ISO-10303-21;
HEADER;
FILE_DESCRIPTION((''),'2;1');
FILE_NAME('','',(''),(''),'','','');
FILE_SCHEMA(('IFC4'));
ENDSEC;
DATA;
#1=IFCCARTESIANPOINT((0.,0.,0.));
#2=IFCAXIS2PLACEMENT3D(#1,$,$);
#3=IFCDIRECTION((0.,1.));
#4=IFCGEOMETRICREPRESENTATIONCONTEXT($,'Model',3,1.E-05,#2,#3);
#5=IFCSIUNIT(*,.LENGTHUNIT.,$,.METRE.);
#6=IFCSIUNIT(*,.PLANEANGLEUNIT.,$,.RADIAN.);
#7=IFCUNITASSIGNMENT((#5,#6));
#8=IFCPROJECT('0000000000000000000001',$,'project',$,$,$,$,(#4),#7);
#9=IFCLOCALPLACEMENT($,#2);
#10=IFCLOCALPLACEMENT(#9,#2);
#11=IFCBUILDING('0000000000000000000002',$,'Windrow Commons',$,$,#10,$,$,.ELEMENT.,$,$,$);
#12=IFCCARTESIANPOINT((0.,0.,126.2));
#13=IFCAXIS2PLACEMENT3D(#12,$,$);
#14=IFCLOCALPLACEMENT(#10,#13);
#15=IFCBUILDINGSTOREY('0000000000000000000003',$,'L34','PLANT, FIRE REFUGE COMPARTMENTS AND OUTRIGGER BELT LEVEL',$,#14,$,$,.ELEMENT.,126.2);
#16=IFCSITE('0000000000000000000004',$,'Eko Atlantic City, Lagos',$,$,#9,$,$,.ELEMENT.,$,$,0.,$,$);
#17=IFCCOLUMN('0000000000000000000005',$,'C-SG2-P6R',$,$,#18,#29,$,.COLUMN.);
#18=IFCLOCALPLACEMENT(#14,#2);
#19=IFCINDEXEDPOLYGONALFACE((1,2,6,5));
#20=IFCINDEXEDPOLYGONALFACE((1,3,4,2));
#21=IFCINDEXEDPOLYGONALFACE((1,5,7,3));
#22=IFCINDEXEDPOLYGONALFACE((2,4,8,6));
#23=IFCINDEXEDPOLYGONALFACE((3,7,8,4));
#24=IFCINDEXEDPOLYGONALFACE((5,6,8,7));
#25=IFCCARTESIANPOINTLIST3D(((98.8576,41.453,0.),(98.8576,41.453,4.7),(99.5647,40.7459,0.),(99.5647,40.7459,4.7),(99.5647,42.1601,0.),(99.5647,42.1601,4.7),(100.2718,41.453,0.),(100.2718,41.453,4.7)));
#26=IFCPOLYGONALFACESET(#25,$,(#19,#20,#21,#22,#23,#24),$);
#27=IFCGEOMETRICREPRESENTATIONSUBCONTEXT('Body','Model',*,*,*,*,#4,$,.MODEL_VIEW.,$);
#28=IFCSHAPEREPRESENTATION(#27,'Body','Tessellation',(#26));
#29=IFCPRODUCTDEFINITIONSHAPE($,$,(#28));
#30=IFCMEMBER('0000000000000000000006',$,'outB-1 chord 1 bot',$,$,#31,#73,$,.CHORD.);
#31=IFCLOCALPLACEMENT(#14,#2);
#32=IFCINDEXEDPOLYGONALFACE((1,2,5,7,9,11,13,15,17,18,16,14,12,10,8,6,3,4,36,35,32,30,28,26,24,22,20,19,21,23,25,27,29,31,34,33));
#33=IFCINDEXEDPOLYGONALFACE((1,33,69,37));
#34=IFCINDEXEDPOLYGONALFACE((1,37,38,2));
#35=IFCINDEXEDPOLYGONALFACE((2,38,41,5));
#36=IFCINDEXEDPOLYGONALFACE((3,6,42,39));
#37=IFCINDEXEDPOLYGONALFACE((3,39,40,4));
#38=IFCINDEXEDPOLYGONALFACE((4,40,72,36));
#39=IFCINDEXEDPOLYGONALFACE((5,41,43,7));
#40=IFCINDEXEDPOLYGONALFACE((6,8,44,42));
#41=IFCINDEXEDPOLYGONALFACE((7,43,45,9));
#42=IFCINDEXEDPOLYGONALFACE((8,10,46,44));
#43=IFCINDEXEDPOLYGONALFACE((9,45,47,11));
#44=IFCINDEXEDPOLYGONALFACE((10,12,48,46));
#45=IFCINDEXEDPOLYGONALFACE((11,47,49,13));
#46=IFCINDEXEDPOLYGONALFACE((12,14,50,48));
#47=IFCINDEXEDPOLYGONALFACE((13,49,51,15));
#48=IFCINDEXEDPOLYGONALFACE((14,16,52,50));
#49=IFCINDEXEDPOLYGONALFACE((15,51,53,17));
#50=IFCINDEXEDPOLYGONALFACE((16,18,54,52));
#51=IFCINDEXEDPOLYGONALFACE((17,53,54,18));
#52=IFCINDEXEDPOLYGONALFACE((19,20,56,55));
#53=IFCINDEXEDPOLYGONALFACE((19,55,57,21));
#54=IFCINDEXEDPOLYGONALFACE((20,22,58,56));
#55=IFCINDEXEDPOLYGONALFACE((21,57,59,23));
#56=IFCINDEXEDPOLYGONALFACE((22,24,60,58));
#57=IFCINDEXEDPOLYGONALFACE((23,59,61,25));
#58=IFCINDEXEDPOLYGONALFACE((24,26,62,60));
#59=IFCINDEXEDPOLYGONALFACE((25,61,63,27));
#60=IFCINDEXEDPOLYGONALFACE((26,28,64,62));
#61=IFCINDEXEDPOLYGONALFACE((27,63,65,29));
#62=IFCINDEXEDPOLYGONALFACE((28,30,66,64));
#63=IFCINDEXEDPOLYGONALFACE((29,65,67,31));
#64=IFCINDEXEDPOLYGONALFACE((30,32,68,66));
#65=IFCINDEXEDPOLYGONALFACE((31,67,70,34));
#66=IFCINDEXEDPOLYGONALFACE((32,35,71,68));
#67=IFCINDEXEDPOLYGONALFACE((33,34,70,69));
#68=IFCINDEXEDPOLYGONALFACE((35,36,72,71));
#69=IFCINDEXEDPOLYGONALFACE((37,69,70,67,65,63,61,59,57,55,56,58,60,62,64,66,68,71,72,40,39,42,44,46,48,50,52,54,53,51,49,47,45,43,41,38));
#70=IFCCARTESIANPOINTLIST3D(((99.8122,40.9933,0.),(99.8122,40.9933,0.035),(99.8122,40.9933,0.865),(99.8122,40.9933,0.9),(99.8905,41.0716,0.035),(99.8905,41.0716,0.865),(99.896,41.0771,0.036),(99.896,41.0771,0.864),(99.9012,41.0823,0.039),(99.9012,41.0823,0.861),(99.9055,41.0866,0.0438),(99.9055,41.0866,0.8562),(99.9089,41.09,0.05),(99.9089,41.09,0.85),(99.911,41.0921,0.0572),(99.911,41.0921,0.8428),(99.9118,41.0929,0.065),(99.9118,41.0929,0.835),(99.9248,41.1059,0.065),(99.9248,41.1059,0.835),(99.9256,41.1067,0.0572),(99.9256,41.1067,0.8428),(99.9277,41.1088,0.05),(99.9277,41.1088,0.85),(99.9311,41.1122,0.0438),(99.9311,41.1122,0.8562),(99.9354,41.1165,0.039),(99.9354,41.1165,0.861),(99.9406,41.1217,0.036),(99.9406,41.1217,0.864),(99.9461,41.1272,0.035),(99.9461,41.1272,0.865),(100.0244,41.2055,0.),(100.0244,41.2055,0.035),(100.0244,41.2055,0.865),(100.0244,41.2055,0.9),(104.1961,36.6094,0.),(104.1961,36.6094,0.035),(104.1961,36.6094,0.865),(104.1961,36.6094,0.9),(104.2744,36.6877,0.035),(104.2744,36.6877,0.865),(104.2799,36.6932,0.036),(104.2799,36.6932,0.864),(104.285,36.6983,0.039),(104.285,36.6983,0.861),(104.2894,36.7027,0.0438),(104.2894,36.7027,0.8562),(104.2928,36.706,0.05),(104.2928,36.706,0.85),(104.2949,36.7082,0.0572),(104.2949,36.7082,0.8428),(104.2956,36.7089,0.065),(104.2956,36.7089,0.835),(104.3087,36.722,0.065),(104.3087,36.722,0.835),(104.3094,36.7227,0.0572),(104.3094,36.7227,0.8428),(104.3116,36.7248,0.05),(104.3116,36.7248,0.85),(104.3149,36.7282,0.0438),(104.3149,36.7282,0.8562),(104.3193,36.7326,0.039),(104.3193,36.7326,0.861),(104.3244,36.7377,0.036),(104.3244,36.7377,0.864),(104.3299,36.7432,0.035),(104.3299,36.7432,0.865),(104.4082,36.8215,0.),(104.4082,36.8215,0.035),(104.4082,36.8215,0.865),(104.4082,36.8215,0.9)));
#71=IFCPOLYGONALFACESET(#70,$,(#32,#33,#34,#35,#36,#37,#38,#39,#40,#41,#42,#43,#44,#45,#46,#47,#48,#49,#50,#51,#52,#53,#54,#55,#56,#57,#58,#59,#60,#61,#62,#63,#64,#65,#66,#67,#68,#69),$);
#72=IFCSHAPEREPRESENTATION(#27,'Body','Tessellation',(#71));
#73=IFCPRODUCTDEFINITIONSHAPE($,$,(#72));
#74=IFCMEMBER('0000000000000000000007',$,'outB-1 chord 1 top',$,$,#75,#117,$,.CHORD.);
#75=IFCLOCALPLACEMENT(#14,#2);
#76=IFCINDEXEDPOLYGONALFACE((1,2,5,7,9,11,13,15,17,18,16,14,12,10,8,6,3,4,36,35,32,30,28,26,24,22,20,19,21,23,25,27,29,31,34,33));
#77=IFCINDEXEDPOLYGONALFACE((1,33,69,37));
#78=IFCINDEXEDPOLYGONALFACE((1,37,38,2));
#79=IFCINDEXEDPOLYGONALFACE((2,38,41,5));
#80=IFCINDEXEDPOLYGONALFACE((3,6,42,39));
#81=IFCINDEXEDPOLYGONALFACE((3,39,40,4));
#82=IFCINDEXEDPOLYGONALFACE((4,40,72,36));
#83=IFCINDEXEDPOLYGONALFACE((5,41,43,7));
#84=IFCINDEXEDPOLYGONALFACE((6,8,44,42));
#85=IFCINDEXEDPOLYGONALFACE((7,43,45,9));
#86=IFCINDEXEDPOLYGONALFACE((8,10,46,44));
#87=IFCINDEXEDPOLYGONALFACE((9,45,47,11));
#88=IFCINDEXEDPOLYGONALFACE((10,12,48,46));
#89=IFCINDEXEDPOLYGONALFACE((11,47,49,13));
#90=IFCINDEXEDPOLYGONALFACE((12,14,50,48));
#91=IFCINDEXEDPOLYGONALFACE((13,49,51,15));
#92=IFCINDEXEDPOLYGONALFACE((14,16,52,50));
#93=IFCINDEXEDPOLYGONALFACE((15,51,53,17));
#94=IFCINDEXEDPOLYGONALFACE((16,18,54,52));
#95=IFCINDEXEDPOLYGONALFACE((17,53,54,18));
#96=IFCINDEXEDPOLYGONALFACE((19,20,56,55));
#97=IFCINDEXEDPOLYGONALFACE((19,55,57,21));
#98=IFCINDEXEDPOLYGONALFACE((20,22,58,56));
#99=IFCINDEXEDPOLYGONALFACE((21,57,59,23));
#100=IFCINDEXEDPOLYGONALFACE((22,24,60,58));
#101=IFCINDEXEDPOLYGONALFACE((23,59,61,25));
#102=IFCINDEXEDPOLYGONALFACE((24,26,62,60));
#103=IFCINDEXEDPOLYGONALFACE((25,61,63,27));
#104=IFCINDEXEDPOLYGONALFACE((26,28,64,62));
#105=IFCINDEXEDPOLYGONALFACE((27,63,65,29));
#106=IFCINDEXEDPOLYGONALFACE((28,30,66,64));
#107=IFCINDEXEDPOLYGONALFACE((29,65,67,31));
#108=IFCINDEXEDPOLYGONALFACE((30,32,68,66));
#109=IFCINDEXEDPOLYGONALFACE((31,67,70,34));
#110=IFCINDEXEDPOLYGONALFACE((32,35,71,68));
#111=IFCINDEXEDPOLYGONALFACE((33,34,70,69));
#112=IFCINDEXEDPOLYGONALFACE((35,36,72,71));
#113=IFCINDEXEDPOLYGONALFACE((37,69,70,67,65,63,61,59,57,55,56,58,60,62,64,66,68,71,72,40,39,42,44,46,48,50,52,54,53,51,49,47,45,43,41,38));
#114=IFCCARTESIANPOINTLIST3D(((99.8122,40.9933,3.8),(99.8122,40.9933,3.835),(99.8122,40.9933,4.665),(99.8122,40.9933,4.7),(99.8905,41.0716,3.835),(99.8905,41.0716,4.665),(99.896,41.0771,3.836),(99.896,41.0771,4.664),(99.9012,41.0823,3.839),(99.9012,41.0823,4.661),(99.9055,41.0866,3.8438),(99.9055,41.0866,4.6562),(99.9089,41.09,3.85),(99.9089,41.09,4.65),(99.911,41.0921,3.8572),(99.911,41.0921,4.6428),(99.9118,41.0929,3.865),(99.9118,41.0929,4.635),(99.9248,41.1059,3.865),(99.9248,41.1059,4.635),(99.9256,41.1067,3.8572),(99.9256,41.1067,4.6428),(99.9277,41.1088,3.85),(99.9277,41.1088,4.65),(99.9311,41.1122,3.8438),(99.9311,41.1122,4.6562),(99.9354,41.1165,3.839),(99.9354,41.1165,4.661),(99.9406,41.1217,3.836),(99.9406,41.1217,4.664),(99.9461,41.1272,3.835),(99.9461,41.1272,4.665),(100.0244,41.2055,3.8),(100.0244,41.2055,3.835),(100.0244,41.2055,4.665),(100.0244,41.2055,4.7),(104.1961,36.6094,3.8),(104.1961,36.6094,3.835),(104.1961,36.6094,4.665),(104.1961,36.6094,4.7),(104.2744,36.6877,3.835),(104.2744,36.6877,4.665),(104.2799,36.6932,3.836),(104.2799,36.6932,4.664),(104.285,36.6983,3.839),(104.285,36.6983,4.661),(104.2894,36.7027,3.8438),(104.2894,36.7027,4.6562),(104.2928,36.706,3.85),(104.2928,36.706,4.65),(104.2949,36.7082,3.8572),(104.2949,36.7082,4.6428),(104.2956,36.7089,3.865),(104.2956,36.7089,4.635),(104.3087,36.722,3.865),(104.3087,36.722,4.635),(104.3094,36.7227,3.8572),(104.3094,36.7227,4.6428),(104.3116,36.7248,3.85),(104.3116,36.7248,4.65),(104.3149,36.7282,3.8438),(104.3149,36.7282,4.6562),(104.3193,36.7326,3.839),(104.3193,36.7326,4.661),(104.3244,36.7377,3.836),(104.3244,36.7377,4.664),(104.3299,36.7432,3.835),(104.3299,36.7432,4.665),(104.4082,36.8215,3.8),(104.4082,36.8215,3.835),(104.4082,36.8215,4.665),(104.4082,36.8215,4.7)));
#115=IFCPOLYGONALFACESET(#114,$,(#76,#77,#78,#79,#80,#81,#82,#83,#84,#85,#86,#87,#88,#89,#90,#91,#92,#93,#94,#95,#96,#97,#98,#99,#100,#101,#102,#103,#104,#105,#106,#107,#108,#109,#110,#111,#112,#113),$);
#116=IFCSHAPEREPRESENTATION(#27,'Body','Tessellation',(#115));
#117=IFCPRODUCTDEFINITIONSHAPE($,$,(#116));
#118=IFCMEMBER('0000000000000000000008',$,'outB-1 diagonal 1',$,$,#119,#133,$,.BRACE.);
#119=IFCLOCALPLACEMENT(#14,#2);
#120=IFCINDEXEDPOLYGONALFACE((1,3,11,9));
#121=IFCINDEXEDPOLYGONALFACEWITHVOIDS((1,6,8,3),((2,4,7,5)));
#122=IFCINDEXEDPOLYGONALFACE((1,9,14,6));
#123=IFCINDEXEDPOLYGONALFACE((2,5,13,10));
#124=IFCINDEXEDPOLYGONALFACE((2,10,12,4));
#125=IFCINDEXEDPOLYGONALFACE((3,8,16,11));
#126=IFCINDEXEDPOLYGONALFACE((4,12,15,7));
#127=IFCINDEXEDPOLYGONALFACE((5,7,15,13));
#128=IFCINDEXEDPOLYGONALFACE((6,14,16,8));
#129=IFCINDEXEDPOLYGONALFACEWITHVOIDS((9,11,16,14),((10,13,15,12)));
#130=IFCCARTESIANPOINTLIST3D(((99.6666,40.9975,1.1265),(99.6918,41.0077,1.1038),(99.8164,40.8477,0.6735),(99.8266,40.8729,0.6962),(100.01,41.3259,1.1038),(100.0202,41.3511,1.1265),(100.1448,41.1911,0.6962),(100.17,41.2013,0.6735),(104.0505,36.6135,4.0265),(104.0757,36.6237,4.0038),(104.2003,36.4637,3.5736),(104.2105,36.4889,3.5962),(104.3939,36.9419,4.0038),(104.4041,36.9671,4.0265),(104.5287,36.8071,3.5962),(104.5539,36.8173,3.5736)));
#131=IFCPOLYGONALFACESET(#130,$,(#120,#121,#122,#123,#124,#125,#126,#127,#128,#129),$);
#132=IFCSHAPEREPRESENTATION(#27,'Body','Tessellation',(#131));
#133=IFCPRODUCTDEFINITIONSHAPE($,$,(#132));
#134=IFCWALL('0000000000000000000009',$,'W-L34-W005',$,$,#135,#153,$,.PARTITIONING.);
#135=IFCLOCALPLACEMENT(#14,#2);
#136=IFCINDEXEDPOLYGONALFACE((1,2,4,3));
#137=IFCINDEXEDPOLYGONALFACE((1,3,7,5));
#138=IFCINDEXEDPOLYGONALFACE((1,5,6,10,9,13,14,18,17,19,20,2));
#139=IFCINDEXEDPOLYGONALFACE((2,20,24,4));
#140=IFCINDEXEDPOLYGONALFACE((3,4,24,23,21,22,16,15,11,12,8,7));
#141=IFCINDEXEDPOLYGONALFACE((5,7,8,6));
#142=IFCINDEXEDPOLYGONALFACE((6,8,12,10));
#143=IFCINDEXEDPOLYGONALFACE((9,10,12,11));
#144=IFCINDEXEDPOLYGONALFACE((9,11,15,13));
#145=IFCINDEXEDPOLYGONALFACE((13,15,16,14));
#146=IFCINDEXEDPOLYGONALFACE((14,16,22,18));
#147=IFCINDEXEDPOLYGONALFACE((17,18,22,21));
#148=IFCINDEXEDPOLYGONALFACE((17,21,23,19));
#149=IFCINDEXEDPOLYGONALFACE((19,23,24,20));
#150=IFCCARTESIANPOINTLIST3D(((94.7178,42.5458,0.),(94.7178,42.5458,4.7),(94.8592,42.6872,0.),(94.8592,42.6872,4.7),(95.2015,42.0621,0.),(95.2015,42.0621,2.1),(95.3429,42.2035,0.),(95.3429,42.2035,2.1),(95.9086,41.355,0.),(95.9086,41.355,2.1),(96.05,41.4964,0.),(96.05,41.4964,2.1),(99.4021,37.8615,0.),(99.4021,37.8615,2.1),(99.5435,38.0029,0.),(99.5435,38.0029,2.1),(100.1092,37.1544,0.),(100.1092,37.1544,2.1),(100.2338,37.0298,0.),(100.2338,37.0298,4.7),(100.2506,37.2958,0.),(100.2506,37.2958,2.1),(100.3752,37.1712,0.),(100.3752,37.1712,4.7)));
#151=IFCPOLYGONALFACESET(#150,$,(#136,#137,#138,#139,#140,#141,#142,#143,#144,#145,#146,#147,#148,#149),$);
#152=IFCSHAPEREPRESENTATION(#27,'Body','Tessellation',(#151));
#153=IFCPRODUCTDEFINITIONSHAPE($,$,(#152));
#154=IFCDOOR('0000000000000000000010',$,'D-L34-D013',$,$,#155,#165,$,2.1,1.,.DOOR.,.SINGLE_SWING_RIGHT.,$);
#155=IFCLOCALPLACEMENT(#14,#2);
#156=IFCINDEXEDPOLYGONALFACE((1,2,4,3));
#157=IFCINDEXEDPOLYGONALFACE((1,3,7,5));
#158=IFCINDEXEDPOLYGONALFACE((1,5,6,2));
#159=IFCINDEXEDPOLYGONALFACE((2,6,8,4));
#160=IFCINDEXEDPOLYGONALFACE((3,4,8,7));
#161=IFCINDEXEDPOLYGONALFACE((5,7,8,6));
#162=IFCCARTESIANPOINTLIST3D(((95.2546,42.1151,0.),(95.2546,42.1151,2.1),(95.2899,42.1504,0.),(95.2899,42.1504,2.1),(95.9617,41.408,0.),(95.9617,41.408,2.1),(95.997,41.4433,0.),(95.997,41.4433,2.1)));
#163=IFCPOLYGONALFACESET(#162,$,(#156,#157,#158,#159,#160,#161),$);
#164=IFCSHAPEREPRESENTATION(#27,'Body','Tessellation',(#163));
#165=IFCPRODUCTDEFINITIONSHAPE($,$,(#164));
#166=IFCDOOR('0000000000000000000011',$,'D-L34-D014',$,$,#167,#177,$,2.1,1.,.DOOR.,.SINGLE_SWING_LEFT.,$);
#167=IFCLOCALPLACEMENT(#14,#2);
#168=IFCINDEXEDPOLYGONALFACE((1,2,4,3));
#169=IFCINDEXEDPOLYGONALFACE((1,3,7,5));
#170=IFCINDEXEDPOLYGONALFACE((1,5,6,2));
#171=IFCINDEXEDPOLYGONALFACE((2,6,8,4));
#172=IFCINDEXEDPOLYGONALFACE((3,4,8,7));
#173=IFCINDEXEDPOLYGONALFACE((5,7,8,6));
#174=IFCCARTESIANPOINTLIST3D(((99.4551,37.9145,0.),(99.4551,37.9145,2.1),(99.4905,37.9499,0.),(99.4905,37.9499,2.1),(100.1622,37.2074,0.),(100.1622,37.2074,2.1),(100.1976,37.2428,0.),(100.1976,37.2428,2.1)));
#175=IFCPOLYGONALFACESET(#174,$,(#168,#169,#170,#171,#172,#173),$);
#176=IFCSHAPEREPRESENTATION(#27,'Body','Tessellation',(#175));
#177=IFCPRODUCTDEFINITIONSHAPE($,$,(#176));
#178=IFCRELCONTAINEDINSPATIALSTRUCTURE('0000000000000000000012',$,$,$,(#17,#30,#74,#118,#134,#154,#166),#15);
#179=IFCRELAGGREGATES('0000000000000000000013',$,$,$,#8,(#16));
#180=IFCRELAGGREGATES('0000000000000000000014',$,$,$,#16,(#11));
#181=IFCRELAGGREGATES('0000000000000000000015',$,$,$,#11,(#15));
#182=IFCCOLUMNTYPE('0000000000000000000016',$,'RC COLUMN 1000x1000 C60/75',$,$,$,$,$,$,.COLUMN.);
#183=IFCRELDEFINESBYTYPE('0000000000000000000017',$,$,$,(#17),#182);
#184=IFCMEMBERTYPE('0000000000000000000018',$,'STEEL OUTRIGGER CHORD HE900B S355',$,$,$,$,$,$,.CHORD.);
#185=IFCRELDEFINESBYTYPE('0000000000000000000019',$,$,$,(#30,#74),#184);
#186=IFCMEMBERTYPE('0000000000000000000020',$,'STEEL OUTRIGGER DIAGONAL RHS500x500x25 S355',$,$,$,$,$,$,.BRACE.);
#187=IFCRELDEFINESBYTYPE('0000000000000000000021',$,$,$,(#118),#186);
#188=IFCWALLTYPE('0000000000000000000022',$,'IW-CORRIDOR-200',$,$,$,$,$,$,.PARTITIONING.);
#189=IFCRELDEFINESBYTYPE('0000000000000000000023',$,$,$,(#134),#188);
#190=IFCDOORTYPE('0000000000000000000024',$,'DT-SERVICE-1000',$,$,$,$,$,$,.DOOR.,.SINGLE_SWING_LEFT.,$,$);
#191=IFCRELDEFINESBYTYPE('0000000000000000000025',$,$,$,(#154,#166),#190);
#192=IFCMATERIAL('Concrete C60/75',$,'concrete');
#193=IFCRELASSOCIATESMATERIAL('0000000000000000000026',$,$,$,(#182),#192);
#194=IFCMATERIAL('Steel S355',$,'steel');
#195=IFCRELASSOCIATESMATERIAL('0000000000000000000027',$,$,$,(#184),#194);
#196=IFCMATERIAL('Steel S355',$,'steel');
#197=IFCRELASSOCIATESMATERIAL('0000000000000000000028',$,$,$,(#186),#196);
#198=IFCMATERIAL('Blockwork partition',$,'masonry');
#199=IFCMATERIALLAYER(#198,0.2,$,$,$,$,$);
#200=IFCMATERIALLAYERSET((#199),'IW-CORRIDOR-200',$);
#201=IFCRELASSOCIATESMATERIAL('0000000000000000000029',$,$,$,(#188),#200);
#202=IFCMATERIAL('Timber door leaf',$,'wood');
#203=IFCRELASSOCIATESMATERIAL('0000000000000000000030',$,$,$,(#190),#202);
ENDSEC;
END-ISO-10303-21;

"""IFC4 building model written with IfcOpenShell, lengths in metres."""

from ifc_helpers import new_model, si_unit, direction, frame, frame_2d, origin, origin_2d, place, context, subcontext, project, spatial, rectangle, hollow_rectangle, i_section, extrude, material, layer, layer_set, material_profile, profile_set, type_object, element, fill, save


model = new_model("IFC4")

# Units and contexts
model_context = context("Model", 3, precision=1e-05, world=origin(), true_north=direction((0.0, 1.0)))
body_context = subcontext(model_context, "Body", "Model", "MODEL_VIEW")
ifc_project = project(units=[si_unit("LENGTHUNIT", "METRE"), si_unit("PLANEANGLEUNIT", "RADIAN")], contexts=[model_context])

# Site, building, storey
site_placement = place(None, origin())
site = spatial("IfcSite", under=ifc_project, at=site_placement, Name="Eko Atlantic City, Lagos", CompositionType="ELEMENT", RefElevation=0.0)
building_placement = place(site_placement, origin())
building = spatial("IfcBuilding", under=site, at=building_placement, Name="Windrow Commons", CompositionType="ELEMENT")
storey_placement = place(building_placement, frame((0.0, 0.0, 126.2)))
storey = spatial("IfcBuildingStorey", under=building, at=storey_placement, Name="L34", Description="PLANT, FIRE REFUGE COMPARTMENTS AND OUTRIGGER BELT LEVEL", CompositionType="ELEMENT", Elevation=126.2)

# Column
ifc_material_1 = material(Name="Concrete C60/75", Category="concrete")
ifc_material_profile_1 = material_profile(ifc_material_1, rectangle(XDim=1.0, YDim=1.0, at=origin_2d()))
ifc_profile_set_1 = profile_set([ifc_material_profile_1], Name="Concrete C60/75")
column_type = type_object("IfcColumnType", Name="RC COLUMN 1000x1000 C60/75", PredefinedType="COLUMN", material=ifc_profile_set_1)
column_placement = place(storey_placement, frame((99.5647, 41.453, 0.0), z_axis=(0.0, 0.0, 1.0), x_axis=(0.707107, -0.707107, 0.0)))
element("IfcColumn", 1, at=column_placement, inside=storey, type_object=column_type, Name="C-SG2-P6R", PredefinedType="COLUMN", context=body_context, shape_type="SweptSolid", body=[
    extrude(rectangle(XDim=1.0, YDim=1.0, at=origin_2d()), origin(), (0.0, 0.0, 1.0), 4.7),
])

# Members
ifc_material_2 = material(Name="Steel S355", Category="steel")
ifc_material_profile_2 = material_profile(ifc_material_2, i_section(OverallWidth=0.3, OverallDepth=0.9, WebThickness=0.0185, FlangeThickness=0.035, FilletRadius=0.03, at=origin_2d()))
ifc_profile_set_2 = profile_set([ifc_material_profile_2], Name="Steel S355")
member_type_1 = type_object("IfcMemberType", Name="STEEL OUTRIGGER CHORD HE900B S355", PredefinedType="CHORD", material=ifc_profile_set_2)
for number, where, z_axis, x_axis, name in (
    (2, (99.9183, 41.0994, 0.45), (0.707099, -0.707115, 0.0), (0.707115, 0.707099, 0.0), "outB-1 chord 1 bot"),
    (3, (99.9183, 41.0994, 4.25), (0.707099, -0.707115, 0.0), (0.707115, 0.707099, 0.0), "outB-1 chord 1 top"),
):
    element("IfcMember", number, at=place(storey_placement, frame(where, z_axis=z_axis, x_axis=x_axis)), inside=storey, type_object=member_type_1, Name=name, PredefinedType="CHORD", context=body_context, shape_type="SweptSolid", body=[
        extrude(i_section(OverallWidth=0.3, OverallDepth=0.9, WebThickness=0.0185, FlangeThickness=0.035, FilletRadius=0.03, at=origin_2d()), origin(), (0.0, 0.0, 1.0), 6.1998),
    ])
ifc_material_3 = material(Name="Steel S355", Category="steel")
ifc_material_profile_3 = material_profile(ifc_material_3, hollow_rectangle(XDim=0.5, YDim=0.5, WallThickness=0.025, at=origin_2d()))
ifc_profile_set_3 = profile_set([ifc_material_profile_3], Name="Steel S355")
member_type_2 = type_object("IfcMemberType", Name="STEEL OUTRIGGER DIAGONAL RHS500x500x25 S355", PredefinedType="BRACE", material=ifc_profile_set_3)
member_placement = place(storey_placement, frame((99.9183, 41.0994, 0.9), z_axis=(0.640494, -0.640508, 0.423694), x_axis=(0.707115, 0.707099, 0.0)))
element("IfcMember", 4, at=member_placement, inside=storey, type_object=member_type_2, Name="outB-1 diagonal 1", PredefinedType="BRACE", context=body_context, shape_type="SweptSolid", body=[
    extrude(hollow_rectangle(XDim=0.5, YDim=0.5, WallThickness=0.025, at=origin_2d()), origin(), (0.0, 0.0, 1.0), 6.8446),
])

# Wall, openings, doors
ifc_material_4 = material(Name="Blockwork partition", Category="masonry")
ifc_layer_1 = layer(ifc_material_4, 0.2)
ifc_layer_set_1 = layer_set([ifc_layer_1], Name="IW-CORRIDOR-200")
wall_type_1 = type_object("IfcWallType", Name="IW-CORRIDOR-200", PredefinedType="PARTITIONING", material=ifc_layer_set_1)
wall_1_placement = place(storey_placement, frame((94.7885, 42.6165, 0.0), z_axis=(0.0, 0.0, 1.0), x_axis=(0.707107, -0.707107, 0.0)))
wall_1 = element("IfcWall", 5, at=wall_1_placement, inside=storey, type_object=wall_type_1, Name="W-L34-W005", PredefinedType="PARTITIONING", context=body_context, shape_type="SweptSolid", body=[
    extrude(rectangle(XDim=7.8008, YDim=0.2, at=frame_2d((3.9004, 0.0))), origin(), (0.0, 0.0, 1.0), 4.7),
])
opening_1_placement = place(wall_1_placement, frame((0.6841, 0.0, 0.0)))
opening_1 = element("IfcOpeningElement", 6, at=opening_1_placement, cuts=wall_1, PredefinedType="OPENING", context=body_context, shape_type="SweptSolid", body=[
    extrude(rectangle(XDim=1.0, YDim=2.1, at=frame_2d((0.5, 1.05))), frame((0.0, 0.11, 0.0), z_axis=(0.0, -1.0, 0.0), x_axis=(1.0, 0.0, 0.0)), (0.0, 0.0, 1.0), 0.22),
])
opening_2_placement = place(wall_1_placement, frame((6.6246, 0.0, 0.0)))
opening_2 = element("IfcOpeningElement", 7, at=opening_2_placement, cuts=wall_1, PredefinedType="OPENING", context=body_context, shape_type="SweptSolid", body=[
    extrude(rectangle(XDim=1.0, YDim=2.1, at=frame_2d((0.5, 1.05))), frame((0.0, 0.11, 0.0), z_axis=(0.0, -1.0, 0.0), x_axis=(1.0, 0.0, 0.0)), (0.0, 0.0, 1.0), 0.22),
])
ifc_material_5 = material(Name="Timber door leaf", Category="wood")
door_type_1 = type_object("IfcDoorType", Name="DT-SERVICE-1000", OperationType="SINGLE_SWING_LEFT", PredefinedType="DOOR", material=ifc_material_5)
door_1_placement = place(opening_1_placement, origin())
door_1 = element("IfcDoor", 8, at=door_1_placement, inside=storey, type_object=door_type_1, Name="D-L34-D013", OperationType="SINGLE_SWING_RIGHT", OverallHeight=2.1, OverallWidth=1.0, PredefinedType="DOOR", context=body_context, shape_type="SweptSolid", body=[
    extrude(rectangle(XDim=1.0, YDim=2.1, at=frame_2d((0.5, 1.05))), frame((0.0, 0.025, 0.0), z_axis=(0.0, -1.0, 0.0), x_axis=(1.0, 0.0, 0.0)), (0.0, 0.0, 1.0), 0.05),
])
fill(opening_1, door_1)
door_2_placement = place(opening_2_placement, origin())
door_2 = element("IfcDoor", 9, at=door_2_placement, inside=storey, type_object=door_type_1, Name="D-L34-D014", OperationType="SINGLE_SWING_LEFT", OverallHeight=2.1, OverallWidth=1.0, PredefinedType="DOOR", context=body_context, shape_type="SweptSolid", body=[
    extrude(rectangle(XDim=1.0, YDim=2.1, at=frame_2d((0.5, 1.05))), frame((0.0, 0.025, 0.0), z_axis=(0.0, -1.0, 0.0), x_axis=(1.0, 0.0, 0.0)), (0.0, 0.0, 1.0), 0.05),
])
fill(opening_2, door_2)

save(model, "model.ifc")
